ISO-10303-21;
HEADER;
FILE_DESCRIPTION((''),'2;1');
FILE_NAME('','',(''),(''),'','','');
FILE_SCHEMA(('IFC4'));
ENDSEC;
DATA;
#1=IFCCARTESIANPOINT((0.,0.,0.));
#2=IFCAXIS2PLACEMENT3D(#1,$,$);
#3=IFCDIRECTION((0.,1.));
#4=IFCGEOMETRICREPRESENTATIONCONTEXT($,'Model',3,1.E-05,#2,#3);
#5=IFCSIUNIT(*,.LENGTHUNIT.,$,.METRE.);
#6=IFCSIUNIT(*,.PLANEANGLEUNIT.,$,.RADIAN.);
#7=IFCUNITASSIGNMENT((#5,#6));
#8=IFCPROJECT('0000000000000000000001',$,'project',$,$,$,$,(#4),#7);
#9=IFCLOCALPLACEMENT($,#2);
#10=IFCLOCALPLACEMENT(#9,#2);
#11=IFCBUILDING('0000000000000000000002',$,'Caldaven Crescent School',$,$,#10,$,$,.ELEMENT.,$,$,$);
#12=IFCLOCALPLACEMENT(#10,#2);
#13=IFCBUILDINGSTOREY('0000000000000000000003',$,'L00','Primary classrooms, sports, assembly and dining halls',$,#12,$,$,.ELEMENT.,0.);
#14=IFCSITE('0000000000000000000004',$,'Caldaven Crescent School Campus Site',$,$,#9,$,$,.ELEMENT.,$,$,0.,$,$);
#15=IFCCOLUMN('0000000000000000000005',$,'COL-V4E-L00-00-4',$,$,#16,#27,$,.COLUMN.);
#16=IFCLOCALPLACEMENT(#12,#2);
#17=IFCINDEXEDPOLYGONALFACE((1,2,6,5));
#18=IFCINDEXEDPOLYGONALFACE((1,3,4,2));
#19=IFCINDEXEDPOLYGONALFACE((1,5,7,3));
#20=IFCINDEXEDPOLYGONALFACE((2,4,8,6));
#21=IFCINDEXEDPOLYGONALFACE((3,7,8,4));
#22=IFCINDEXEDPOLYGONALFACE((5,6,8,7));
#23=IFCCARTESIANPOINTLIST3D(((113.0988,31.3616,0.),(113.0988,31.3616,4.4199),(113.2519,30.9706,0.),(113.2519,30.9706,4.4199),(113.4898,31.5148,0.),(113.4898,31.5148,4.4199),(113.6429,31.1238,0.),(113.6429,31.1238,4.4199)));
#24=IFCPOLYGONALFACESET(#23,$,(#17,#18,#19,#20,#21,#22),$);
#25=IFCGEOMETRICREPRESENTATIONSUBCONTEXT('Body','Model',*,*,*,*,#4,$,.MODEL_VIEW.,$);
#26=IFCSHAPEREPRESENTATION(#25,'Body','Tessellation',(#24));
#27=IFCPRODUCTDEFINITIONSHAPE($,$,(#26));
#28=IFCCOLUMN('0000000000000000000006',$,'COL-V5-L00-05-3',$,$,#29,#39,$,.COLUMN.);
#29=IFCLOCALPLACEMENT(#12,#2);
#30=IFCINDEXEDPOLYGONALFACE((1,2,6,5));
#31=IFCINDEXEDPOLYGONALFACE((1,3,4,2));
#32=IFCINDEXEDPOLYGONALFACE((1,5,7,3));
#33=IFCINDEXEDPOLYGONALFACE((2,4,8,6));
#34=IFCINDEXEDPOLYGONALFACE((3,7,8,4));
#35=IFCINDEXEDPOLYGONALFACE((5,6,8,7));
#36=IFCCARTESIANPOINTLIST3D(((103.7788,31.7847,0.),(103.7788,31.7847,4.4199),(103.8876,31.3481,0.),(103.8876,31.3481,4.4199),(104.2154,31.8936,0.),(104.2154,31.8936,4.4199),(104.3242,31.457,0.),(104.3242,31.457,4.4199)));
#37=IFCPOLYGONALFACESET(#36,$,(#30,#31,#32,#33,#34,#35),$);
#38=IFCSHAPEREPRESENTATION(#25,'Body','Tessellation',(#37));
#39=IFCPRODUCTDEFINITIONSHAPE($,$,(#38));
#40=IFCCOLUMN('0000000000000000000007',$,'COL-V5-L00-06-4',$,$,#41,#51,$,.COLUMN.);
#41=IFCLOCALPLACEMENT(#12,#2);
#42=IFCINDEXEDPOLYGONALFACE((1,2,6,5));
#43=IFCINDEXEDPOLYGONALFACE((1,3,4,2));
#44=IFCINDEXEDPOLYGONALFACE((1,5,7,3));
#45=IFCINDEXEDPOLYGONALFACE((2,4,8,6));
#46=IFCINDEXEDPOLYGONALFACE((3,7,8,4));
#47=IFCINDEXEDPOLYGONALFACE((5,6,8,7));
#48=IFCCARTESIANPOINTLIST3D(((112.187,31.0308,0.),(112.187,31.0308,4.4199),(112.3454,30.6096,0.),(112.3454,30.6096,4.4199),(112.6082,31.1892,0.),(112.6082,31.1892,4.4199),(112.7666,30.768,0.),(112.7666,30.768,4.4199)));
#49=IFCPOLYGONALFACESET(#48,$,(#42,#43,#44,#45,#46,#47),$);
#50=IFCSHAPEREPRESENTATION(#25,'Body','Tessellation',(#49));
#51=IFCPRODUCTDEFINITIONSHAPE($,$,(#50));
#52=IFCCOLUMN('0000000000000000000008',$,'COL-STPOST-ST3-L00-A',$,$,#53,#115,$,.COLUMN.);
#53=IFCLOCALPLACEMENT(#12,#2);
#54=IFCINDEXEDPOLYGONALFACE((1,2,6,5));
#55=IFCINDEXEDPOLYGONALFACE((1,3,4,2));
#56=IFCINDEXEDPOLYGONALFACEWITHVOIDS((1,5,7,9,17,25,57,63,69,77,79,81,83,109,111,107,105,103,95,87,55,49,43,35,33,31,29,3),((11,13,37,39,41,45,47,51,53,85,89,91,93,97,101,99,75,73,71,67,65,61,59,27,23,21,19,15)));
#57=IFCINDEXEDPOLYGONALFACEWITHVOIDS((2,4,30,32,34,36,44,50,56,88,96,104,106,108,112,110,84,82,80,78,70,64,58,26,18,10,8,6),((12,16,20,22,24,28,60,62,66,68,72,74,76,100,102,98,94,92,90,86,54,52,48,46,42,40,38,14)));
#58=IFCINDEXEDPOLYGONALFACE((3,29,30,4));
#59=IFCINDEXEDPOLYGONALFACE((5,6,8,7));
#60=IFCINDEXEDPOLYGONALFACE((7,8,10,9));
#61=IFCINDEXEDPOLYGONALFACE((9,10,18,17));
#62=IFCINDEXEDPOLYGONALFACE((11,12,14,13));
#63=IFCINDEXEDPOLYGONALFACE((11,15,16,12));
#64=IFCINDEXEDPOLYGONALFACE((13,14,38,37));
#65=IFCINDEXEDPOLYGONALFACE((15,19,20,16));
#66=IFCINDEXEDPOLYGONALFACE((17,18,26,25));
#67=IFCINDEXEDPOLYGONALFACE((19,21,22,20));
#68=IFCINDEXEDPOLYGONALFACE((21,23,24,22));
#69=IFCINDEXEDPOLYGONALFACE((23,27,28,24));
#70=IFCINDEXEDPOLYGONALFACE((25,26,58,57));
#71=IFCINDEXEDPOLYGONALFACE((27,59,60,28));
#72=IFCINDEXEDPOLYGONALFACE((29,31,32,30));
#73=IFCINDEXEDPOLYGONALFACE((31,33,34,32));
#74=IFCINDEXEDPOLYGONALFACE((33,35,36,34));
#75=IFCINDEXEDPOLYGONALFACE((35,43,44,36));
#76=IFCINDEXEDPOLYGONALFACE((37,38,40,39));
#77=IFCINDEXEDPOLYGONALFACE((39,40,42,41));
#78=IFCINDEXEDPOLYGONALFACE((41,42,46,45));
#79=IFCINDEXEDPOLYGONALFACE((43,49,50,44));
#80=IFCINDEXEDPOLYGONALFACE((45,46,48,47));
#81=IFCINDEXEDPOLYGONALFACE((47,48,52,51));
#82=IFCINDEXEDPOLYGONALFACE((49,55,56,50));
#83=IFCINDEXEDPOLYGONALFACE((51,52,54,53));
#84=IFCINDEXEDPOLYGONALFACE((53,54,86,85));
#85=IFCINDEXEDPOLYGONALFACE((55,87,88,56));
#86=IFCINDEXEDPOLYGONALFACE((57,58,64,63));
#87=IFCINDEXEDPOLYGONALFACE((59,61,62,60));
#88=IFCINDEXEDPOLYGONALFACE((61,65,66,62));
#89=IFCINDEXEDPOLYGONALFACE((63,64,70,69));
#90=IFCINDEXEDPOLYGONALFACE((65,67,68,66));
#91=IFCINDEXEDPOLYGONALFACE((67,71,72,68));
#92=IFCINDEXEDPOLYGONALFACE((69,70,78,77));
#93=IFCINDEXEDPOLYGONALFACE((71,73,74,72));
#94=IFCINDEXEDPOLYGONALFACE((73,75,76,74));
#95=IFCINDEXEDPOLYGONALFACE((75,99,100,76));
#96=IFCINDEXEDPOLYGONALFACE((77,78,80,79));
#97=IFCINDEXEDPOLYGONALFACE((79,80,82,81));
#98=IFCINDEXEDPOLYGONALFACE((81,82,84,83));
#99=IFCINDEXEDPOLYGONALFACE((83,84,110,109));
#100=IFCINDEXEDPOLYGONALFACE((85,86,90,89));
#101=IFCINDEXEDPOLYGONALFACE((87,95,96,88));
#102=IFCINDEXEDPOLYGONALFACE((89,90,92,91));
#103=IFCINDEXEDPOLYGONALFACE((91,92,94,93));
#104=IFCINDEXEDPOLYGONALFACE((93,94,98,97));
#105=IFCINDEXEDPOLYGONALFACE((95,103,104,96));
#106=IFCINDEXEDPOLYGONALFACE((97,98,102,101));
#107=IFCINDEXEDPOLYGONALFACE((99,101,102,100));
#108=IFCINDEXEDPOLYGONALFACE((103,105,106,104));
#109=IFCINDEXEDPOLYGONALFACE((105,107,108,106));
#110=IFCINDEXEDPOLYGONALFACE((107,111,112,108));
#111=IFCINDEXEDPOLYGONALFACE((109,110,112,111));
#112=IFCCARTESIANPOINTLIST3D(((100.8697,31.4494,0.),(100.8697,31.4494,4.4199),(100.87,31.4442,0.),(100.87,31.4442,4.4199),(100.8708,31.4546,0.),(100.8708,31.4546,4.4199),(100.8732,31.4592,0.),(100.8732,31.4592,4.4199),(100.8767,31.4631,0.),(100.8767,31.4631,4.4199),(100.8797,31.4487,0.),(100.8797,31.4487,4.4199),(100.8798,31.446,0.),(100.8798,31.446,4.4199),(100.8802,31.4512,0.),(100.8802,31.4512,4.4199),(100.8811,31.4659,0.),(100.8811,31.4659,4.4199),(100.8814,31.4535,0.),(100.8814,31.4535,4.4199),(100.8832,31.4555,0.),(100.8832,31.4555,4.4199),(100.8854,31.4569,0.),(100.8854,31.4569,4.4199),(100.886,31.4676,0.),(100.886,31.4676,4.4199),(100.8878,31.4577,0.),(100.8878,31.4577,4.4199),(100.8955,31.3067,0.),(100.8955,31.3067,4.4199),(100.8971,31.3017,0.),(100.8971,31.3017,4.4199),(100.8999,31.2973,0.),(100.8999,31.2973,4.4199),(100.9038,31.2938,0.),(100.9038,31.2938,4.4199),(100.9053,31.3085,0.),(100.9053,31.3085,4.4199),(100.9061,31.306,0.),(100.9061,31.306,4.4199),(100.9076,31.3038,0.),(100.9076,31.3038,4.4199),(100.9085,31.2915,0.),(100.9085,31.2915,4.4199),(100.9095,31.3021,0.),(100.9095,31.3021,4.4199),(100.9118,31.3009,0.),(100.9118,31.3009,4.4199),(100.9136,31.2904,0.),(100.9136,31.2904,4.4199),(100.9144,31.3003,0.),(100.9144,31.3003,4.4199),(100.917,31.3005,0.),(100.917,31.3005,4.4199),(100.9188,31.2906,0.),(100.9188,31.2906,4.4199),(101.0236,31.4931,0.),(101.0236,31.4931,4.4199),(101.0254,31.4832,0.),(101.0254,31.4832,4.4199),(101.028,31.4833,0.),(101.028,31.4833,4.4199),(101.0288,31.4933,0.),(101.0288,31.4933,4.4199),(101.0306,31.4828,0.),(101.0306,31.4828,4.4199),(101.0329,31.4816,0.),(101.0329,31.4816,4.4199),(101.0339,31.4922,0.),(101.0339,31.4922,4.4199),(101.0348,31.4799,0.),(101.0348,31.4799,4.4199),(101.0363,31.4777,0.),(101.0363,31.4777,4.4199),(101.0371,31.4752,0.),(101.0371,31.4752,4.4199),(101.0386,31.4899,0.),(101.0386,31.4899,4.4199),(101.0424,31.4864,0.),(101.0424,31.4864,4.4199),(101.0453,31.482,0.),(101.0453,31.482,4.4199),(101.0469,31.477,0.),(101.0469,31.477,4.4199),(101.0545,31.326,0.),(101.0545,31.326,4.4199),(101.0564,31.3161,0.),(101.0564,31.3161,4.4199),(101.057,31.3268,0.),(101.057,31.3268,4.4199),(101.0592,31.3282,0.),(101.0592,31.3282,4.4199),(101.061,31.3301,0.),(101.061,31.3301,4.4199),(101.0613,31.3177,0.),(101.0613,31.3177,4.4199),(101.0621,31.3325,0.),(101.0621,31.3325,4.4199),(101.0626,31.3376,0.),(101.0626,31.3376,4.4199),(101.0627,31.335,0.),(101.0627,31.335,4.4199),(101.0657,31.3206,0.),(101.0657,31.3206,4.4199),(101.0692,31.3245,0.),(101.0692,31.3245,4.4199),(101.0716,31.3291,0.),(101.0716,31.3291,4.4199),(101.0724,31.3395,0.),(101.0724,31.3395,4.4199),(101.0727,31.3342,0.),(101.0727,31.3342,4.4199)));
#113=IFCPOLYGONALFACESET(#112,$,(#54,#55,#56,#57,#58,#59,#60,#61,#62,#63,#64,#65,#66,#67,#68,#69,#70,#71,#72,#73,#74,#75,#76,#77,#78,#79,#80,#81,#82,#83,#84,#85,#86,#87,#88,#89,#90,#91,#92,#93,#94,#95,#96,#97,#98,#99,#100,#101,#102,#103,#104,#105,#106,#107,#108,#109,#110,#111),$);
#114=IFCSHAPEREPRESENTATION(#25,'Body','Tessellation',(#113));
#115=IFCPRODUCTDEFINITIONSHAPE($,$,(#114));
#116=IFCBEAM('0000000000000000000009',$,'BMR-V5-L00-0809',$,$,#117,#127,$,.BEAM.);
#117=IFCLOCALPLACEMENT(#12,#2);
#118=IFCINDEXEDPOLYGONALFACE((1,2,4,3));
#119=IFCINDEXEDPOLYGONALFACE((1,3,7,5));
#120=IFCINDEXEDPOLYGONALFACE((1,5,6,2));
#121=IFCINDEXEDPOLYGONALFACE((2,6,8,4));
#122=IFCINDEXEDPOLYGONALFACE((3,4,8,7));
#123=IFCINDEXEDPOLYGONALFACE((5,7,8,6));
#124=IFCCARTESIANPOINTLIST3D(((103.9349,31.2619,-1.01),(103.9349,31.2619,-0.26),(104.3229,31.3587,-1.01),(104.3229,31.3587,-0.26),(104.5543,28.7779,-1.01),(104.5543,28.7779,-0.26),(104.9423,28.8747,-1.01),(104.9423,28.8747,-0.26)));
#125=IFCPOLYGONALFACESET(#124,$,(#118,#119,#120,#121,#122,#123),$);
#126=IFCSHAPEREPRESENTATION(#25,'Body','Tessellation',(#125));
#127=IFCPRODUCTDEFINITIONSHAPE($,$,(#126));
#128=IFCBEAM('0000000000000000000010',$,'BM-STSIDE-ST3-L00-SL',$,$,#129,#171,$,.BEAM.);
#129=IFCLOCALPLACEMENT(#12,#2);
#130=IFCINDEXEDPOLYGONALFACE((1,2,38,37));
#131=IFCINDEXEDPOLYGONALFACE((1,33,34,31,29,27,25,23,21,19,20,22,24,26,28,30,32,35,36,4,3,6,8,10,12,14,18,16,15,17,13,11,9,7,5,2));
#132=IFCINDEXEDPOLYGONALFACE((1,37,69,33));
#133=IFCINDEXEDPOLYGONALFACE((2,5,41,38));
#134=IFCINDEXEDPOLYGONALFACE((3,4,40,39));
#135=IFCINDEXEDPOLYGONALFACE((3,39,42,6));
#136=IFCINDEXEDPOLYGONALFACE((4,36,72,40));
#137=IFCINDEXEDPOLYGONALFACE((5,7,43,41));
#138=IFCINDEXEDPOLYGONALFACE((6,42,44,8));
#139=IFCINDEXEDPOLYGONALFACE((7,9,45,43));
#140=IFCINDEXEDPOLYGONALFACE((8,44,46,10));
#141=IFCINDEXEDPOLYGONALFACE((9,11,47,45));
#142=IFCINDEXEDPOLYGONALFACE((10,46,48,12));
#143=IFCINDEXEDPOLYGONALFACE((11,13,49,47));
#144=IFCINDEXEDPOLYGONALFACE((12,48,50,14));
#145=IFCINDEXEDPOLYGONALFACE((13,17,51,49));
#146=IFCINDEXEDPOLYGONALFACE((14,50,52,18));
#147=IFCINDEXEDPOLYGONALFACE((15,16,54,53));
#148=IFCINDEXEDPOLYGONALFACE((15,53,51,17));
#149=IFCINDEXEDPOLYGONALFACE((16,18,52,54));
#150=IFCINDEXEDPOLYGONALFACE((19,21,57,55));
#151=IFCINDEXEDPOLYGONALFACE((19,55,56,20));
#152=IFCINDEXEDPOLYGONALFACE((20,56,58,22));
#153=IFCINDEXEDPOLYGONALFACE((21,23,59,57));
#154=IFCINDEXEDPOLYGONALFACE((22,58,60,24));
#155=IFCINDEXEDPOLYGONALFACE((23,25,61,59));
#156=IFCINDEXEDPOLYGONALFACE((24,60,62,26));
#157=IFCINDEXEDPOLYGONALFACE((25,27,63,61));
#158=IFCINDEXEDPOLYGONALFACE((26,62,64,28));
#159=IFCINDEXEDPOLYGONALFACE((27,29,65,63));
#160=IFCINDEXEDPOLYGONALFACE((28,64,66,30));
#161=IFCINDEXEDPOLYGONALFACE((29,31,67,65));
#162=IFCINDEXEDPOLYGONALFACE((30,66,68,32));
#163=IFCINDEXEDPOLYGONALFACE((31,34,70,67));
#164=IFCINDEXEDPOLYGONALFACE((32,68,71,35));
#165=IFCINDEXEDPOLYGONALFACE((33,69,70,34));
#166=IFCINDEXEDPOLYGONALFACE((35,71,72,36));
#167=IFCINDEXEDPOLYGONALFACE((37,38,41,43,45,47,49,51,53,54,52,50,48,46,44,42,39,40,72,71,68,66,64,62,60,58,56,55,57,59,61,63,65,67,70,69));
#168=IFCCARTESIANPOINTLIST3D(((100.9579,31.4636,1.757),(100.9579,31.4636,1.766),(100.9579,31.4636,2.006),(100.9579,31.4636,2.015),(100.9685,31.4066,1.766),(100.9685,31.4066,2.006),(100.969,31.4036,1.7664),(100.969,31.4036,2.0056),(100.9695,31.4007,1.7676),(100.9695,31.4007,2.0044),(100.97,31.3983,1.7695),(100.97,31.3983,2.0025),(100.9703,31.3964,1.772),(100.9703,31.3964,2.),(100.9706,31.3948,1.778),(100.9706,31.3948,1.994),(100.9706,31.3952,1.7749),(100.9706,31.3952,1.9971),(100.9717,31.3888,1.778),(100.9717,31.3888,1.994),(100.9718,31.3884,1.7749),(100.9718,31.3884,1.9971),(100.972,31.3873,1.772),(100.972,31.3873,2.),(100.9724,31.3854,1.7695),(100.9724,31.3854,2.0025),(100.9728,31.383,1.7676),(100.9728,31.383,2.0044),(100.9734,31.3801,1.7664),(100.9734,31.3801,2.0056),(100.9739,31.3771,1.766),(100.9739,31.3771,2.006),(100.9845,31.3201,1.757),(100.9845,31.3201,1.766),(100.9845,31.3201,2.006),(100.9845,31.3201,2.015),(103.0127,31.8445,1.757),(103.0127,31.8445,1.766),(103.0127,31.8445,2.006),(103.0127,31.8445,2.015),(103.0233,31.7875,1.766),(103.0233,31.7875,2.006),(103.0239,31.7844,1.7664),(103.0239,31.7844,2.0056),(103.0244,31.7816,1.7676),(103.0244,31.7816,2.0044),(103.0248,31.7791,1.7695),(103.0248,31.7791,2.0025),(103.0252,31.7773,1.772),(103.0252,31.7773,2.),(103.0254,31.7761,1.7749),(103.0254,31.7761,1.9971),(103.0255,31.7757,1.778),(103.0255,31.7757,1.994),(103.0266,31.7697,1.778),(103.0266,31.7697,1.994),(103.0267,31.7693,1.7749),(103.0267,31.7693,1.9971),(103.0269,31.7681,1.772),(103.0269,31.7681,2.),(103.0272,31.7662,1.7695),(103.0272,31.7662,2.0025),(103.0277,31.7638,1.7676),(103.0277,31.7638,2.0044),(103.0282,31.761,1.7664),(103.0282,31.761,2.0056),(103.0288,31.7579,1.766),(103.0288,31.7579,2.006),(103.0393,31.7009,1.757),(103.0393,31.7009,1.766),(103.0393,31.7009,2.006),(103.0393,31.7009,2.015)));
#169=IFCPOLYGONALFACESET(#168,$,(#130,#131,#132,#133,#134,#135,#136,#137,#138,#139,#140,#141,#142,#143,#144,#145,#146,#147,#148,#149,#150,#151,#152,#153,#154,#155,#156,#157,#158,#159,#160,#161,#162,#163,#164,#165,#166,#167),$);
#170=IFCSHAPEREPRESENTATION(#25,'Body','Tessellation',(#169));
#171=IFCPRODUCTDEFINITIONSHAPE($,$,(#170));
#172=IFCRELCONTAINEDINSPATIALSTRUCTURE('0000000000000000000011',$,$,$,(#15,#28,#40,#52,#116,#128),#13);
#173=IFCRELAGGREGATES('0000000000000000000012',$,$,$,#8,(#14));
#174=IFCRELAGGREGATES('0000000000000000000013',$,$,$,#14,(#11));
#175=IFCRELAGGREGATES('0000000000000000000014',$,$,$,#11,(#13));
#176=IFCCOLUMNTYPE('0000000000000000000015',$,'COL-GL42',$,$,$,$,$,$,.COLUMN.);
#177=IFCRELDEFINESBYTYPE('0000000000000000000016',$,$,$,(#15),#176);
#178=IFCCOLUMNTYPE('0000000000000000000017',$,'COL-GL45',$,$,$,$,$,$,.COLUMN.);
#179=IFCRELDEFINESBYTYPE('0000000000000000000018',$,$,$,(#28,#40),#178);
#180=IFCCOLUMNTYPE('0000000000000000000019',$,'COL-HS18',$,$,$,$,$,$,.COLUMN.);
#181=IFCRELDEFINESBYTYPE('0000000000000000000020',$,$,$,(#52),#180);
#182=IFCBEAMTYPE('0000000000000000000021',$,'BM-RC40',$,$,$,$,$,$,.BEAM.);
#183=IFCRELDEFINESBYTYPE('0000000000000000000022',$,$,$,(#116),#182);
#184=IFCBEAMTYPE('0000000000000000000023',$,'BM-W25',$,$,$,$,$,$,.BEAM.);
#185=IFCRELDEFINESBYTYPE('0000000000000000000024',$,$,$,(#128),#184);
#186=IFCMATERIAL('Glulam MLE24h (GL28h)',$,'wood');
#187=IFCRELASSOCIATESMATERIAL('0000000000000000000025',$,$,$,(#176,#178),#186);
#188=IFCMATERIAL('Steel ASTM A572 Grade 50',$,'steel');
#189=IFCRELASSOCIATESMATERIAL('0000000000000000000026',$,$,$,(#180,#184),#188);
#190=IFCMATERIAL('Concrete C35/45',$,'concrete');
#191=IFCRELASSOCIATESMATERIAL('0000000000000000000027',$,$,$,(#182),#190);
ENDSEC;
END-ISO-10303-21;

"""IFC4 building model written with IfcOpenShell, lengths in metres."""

from ifc_helpers import new_model, si_unit, direction, frame, origin, origin_2d, place, context, subcontext, project, spatial, rectangle, hollow_rectangle, i_section, extrude, material, material_profile, profile_set, type_object, element, save


model = new_model("IFC4")

# Units and contexts
model_context = context("Model", 3, precision=1e-05, world=origin(), true_north=direction((0.0, 1.0)))
body_context = subcontext(model_context, "Body", "Model", "MODEL_VIEW")
ifc_project = project(units=[si_unit("LENGTHUNIT", "METRE"), si_unit("PLANEANGLEUNIT", "RADIAN")], contexts=[model_context])

# Site, building, storey
site_placement = place(None, origin())
site = spatial("IfcSite", under=ifc_project, at=site_placement, Name="Caldaven Crescent School Campus Site", CompositionType="ELEMENT", RefElevation=0.0)
building_placement = place(site_placement, origin())
building = spatial("IfcBuilding", under=site, at=building_placement, Name="Caldaven Crescent School", CompositionType="ELEMENT")
storey_placement = place(building_placement, origin())
storey = spatial("IfcBuildingStorey", under=building, at=storey_placement, Name="L00", Description="Primary classrooms, sports, assembly and dining halls", CompositionType="ELEMENT", Elevation=0.0)

# Columns
ifc_material_1 = material(Name="Glulam MLE24h (GL28h)", Category="wood")
ifc_material_profile_1 = material_profile(ifc_material_1, rectangle(XDim=0.4199, YDim=0.4199, at=origin_2d()), Name="MLE 420x420")
ifc_profile_set_1 = profile_set([ifc_material_profile_1], Name="Glulam MLE24h (GL28h)")
column_type_1 = type_object("IfcColumnType", Name="COL-GL42", PredefinedType="COLUMN", material=ifc_profile_set_1)
column_1_placement = place(storey_placement, frame((113.3708, 31.2427, 0.0), z_axis=(0.0, 0.0, 1.0), x_axis=(0.364714, -0.931119, 0.0)))
element("IfcColumn", 1, at=column_1_placement, inside=storey, type_object=column_type_1, Name="COL-V4E-L00-00-4", PredefinedType="COLUMN", context=body_context, shape_type="SweptSolid", body=[
    extrude(rectangle(XDim=0.4199, YDim=0.4199, at=origin_2d()), origin(), (0.0, 0.0, 1.0), 4.4199),
])
ifc_material_profile_2 = material_profile(ifc_material_1, rectangle(XDim=0.45, YDim=0.45, at=origin_2d()), Name="MLE 450x450")
ifc_profile_set_2 = profile_set([ifc_material_profile_2], Name="Glulam MLE24h (GL28h)")
column_type_2 = type_object("IfcColumnType", Name="COL-GL45", PredefinedType="COLUMN", material=ifc_profile_set_2)
for number, where, z_axis, x_axis, name in (
    (2, (104.0515, 31.6208, 0.0), (0.0, 0.0, 1.0), (0.241922, -0.970296, 0.0), "COL-V5-L00-05-3"),
    (3, (112.4768, 30.8994, 0.0), (0.0, 0.0, 1.0), (0.352005, -0.935998, 0.0), "COL-V5-L00-06-4"),
):
    element("IfcColumn", number, at=place(storey_placement, frame(where, z_axis=z_axis, x_axis=x_axis)), inside=storey, type_object=column_type_2, Name=name, PredefinedType="COLUMN", context=body_context, shape_type="SweptSolid", body=[
        extrude(rectangle(XDim=0.45, YDim=0.45, at=origin_2d()), origin(), (0.0, 0.0, 1.0), 4.4199),
    ])
ifc_material_2 = material(Name="Steel ASTM A572 Grade 50", Category="steel")
ifc_material_profile_3 = material_profile(ifc_material_2, hollow_rectangle(XDim=0.1799, YDim=0.1799, WallThickness=0.01, InnerFilletRadius=0.01, OuterFilletRadius=0.02, at=origin_2d()), Name="HSS 180x180x10")
ifc_profile_set_3 = profile_set([ifc_material_profile_3], Name="Steel ASTM A572 Grade 50")
column_type_3 = type_object("IfcColumnType", Name="COL-HS18", PredefinedType="COLUMN", material=ifc_profile_set_3)
column_2_placement = place(storey_placement, frame((100.9712, 31.3918, 0.0), z_axis=(0.0, 0.0, 1.0), x_axis=(0.983255, 0.182236, 0.0)))
element("IfcColumn", 4, at=column_2_placement, inside=storey, type_object=column_type_3, Name="COL-STPOST-ST3-L00-A", PredefinedType="COLUMN", context=body_context, shape_type="SweptSolid", body=[
    extrude(hollow_rectangle(XDim=0.1799, YDim=0.1799, WallThickness=0.01, InnerFilletRadius=0.01, OuterFilletRadius=0.02, at=origin_2d()), origin(), (0.0, 0.0, 1.0), 4.4199),
])

# Beams
ifc_material_3 = material(Name="Concrete C35/45", Category="concrete")
ifc_material_profile_4 = material_profile(ifc_material_3, rectangle(XDim=0.3999, YDim=0.75, at=origin_2d()), Name="RC 400x750")
ifc_profile_set_4 = profile_set([ifc_material_profile_4], Name="Concrete C35/45")
beam_type_1 = type_object("IfcBeamType", Name="BM-RC40", PredefinedType="BEAM", material=ifc_profile_set_4)
beam_1_placement = place(storey_placement, frame((104.1289, 31.3103, -0.635), z_axis=(0.241952, -0.970288, 0.0), x_axis=(0.970288, 0.241952, 0.0)))
element("IfcBeam", 5, at=beam_1_placement, inside=storey, type_object=beam_type_1, Name="BMR-V5-L00-0809", PredefinedType="BEAM", context=body_context, shape_type="SweptSolid", body=[
    extrude(rectangle(XDim=0.3999, YDim=0.75, at=origin_2d()), origin(), (0.0, 0.0, 1.0), 2.5601),
])
ifc_material_profile_5 = material_profile(ifc_material_2, i_section(OverallWidth=0.146, OverallDepth=0.2581, WebThickness=0.0061, FlangeThickness=0.009, FilletRadius=0.012, at=origin_2d()), Name="W250x33")
ifc_profile_set_5 = profile_set([ifc_material_profile_5], Name="Steel ASTM A572 Grade 50")
beam_type_2 = type_object("IfcBeamType", Name="BM-W25", PredefinedType="BEAM", material=ifc_profile_set_5)
beam_2_placement = place(storey_placement, frame((100.9712, 31.3918, 1.886), z_axis=(0.983255, 0.182236, 0.0), x_axis=(-0.182236, 0.983255, 0.0)))
element("IfcBeam", 6, at=beam_2_placement, inside=storey, type_object=beam_type_2, Name="BM-STSIDE-ST3-L00-SL", PredefinedType="BEAM", context=body_context, shape_type="SweptSolid", body=[
    extrude(i_section(OverallWidth=0.146, OverallDepth=0.2581, WebThickness=0.0061, FlangeThickness=0.009, FilletRadius=0.012, at=origin_2d()), origin(), (0.0, 0.0, 1.0), 2.0898),
])

save(model, "model.ifc")
